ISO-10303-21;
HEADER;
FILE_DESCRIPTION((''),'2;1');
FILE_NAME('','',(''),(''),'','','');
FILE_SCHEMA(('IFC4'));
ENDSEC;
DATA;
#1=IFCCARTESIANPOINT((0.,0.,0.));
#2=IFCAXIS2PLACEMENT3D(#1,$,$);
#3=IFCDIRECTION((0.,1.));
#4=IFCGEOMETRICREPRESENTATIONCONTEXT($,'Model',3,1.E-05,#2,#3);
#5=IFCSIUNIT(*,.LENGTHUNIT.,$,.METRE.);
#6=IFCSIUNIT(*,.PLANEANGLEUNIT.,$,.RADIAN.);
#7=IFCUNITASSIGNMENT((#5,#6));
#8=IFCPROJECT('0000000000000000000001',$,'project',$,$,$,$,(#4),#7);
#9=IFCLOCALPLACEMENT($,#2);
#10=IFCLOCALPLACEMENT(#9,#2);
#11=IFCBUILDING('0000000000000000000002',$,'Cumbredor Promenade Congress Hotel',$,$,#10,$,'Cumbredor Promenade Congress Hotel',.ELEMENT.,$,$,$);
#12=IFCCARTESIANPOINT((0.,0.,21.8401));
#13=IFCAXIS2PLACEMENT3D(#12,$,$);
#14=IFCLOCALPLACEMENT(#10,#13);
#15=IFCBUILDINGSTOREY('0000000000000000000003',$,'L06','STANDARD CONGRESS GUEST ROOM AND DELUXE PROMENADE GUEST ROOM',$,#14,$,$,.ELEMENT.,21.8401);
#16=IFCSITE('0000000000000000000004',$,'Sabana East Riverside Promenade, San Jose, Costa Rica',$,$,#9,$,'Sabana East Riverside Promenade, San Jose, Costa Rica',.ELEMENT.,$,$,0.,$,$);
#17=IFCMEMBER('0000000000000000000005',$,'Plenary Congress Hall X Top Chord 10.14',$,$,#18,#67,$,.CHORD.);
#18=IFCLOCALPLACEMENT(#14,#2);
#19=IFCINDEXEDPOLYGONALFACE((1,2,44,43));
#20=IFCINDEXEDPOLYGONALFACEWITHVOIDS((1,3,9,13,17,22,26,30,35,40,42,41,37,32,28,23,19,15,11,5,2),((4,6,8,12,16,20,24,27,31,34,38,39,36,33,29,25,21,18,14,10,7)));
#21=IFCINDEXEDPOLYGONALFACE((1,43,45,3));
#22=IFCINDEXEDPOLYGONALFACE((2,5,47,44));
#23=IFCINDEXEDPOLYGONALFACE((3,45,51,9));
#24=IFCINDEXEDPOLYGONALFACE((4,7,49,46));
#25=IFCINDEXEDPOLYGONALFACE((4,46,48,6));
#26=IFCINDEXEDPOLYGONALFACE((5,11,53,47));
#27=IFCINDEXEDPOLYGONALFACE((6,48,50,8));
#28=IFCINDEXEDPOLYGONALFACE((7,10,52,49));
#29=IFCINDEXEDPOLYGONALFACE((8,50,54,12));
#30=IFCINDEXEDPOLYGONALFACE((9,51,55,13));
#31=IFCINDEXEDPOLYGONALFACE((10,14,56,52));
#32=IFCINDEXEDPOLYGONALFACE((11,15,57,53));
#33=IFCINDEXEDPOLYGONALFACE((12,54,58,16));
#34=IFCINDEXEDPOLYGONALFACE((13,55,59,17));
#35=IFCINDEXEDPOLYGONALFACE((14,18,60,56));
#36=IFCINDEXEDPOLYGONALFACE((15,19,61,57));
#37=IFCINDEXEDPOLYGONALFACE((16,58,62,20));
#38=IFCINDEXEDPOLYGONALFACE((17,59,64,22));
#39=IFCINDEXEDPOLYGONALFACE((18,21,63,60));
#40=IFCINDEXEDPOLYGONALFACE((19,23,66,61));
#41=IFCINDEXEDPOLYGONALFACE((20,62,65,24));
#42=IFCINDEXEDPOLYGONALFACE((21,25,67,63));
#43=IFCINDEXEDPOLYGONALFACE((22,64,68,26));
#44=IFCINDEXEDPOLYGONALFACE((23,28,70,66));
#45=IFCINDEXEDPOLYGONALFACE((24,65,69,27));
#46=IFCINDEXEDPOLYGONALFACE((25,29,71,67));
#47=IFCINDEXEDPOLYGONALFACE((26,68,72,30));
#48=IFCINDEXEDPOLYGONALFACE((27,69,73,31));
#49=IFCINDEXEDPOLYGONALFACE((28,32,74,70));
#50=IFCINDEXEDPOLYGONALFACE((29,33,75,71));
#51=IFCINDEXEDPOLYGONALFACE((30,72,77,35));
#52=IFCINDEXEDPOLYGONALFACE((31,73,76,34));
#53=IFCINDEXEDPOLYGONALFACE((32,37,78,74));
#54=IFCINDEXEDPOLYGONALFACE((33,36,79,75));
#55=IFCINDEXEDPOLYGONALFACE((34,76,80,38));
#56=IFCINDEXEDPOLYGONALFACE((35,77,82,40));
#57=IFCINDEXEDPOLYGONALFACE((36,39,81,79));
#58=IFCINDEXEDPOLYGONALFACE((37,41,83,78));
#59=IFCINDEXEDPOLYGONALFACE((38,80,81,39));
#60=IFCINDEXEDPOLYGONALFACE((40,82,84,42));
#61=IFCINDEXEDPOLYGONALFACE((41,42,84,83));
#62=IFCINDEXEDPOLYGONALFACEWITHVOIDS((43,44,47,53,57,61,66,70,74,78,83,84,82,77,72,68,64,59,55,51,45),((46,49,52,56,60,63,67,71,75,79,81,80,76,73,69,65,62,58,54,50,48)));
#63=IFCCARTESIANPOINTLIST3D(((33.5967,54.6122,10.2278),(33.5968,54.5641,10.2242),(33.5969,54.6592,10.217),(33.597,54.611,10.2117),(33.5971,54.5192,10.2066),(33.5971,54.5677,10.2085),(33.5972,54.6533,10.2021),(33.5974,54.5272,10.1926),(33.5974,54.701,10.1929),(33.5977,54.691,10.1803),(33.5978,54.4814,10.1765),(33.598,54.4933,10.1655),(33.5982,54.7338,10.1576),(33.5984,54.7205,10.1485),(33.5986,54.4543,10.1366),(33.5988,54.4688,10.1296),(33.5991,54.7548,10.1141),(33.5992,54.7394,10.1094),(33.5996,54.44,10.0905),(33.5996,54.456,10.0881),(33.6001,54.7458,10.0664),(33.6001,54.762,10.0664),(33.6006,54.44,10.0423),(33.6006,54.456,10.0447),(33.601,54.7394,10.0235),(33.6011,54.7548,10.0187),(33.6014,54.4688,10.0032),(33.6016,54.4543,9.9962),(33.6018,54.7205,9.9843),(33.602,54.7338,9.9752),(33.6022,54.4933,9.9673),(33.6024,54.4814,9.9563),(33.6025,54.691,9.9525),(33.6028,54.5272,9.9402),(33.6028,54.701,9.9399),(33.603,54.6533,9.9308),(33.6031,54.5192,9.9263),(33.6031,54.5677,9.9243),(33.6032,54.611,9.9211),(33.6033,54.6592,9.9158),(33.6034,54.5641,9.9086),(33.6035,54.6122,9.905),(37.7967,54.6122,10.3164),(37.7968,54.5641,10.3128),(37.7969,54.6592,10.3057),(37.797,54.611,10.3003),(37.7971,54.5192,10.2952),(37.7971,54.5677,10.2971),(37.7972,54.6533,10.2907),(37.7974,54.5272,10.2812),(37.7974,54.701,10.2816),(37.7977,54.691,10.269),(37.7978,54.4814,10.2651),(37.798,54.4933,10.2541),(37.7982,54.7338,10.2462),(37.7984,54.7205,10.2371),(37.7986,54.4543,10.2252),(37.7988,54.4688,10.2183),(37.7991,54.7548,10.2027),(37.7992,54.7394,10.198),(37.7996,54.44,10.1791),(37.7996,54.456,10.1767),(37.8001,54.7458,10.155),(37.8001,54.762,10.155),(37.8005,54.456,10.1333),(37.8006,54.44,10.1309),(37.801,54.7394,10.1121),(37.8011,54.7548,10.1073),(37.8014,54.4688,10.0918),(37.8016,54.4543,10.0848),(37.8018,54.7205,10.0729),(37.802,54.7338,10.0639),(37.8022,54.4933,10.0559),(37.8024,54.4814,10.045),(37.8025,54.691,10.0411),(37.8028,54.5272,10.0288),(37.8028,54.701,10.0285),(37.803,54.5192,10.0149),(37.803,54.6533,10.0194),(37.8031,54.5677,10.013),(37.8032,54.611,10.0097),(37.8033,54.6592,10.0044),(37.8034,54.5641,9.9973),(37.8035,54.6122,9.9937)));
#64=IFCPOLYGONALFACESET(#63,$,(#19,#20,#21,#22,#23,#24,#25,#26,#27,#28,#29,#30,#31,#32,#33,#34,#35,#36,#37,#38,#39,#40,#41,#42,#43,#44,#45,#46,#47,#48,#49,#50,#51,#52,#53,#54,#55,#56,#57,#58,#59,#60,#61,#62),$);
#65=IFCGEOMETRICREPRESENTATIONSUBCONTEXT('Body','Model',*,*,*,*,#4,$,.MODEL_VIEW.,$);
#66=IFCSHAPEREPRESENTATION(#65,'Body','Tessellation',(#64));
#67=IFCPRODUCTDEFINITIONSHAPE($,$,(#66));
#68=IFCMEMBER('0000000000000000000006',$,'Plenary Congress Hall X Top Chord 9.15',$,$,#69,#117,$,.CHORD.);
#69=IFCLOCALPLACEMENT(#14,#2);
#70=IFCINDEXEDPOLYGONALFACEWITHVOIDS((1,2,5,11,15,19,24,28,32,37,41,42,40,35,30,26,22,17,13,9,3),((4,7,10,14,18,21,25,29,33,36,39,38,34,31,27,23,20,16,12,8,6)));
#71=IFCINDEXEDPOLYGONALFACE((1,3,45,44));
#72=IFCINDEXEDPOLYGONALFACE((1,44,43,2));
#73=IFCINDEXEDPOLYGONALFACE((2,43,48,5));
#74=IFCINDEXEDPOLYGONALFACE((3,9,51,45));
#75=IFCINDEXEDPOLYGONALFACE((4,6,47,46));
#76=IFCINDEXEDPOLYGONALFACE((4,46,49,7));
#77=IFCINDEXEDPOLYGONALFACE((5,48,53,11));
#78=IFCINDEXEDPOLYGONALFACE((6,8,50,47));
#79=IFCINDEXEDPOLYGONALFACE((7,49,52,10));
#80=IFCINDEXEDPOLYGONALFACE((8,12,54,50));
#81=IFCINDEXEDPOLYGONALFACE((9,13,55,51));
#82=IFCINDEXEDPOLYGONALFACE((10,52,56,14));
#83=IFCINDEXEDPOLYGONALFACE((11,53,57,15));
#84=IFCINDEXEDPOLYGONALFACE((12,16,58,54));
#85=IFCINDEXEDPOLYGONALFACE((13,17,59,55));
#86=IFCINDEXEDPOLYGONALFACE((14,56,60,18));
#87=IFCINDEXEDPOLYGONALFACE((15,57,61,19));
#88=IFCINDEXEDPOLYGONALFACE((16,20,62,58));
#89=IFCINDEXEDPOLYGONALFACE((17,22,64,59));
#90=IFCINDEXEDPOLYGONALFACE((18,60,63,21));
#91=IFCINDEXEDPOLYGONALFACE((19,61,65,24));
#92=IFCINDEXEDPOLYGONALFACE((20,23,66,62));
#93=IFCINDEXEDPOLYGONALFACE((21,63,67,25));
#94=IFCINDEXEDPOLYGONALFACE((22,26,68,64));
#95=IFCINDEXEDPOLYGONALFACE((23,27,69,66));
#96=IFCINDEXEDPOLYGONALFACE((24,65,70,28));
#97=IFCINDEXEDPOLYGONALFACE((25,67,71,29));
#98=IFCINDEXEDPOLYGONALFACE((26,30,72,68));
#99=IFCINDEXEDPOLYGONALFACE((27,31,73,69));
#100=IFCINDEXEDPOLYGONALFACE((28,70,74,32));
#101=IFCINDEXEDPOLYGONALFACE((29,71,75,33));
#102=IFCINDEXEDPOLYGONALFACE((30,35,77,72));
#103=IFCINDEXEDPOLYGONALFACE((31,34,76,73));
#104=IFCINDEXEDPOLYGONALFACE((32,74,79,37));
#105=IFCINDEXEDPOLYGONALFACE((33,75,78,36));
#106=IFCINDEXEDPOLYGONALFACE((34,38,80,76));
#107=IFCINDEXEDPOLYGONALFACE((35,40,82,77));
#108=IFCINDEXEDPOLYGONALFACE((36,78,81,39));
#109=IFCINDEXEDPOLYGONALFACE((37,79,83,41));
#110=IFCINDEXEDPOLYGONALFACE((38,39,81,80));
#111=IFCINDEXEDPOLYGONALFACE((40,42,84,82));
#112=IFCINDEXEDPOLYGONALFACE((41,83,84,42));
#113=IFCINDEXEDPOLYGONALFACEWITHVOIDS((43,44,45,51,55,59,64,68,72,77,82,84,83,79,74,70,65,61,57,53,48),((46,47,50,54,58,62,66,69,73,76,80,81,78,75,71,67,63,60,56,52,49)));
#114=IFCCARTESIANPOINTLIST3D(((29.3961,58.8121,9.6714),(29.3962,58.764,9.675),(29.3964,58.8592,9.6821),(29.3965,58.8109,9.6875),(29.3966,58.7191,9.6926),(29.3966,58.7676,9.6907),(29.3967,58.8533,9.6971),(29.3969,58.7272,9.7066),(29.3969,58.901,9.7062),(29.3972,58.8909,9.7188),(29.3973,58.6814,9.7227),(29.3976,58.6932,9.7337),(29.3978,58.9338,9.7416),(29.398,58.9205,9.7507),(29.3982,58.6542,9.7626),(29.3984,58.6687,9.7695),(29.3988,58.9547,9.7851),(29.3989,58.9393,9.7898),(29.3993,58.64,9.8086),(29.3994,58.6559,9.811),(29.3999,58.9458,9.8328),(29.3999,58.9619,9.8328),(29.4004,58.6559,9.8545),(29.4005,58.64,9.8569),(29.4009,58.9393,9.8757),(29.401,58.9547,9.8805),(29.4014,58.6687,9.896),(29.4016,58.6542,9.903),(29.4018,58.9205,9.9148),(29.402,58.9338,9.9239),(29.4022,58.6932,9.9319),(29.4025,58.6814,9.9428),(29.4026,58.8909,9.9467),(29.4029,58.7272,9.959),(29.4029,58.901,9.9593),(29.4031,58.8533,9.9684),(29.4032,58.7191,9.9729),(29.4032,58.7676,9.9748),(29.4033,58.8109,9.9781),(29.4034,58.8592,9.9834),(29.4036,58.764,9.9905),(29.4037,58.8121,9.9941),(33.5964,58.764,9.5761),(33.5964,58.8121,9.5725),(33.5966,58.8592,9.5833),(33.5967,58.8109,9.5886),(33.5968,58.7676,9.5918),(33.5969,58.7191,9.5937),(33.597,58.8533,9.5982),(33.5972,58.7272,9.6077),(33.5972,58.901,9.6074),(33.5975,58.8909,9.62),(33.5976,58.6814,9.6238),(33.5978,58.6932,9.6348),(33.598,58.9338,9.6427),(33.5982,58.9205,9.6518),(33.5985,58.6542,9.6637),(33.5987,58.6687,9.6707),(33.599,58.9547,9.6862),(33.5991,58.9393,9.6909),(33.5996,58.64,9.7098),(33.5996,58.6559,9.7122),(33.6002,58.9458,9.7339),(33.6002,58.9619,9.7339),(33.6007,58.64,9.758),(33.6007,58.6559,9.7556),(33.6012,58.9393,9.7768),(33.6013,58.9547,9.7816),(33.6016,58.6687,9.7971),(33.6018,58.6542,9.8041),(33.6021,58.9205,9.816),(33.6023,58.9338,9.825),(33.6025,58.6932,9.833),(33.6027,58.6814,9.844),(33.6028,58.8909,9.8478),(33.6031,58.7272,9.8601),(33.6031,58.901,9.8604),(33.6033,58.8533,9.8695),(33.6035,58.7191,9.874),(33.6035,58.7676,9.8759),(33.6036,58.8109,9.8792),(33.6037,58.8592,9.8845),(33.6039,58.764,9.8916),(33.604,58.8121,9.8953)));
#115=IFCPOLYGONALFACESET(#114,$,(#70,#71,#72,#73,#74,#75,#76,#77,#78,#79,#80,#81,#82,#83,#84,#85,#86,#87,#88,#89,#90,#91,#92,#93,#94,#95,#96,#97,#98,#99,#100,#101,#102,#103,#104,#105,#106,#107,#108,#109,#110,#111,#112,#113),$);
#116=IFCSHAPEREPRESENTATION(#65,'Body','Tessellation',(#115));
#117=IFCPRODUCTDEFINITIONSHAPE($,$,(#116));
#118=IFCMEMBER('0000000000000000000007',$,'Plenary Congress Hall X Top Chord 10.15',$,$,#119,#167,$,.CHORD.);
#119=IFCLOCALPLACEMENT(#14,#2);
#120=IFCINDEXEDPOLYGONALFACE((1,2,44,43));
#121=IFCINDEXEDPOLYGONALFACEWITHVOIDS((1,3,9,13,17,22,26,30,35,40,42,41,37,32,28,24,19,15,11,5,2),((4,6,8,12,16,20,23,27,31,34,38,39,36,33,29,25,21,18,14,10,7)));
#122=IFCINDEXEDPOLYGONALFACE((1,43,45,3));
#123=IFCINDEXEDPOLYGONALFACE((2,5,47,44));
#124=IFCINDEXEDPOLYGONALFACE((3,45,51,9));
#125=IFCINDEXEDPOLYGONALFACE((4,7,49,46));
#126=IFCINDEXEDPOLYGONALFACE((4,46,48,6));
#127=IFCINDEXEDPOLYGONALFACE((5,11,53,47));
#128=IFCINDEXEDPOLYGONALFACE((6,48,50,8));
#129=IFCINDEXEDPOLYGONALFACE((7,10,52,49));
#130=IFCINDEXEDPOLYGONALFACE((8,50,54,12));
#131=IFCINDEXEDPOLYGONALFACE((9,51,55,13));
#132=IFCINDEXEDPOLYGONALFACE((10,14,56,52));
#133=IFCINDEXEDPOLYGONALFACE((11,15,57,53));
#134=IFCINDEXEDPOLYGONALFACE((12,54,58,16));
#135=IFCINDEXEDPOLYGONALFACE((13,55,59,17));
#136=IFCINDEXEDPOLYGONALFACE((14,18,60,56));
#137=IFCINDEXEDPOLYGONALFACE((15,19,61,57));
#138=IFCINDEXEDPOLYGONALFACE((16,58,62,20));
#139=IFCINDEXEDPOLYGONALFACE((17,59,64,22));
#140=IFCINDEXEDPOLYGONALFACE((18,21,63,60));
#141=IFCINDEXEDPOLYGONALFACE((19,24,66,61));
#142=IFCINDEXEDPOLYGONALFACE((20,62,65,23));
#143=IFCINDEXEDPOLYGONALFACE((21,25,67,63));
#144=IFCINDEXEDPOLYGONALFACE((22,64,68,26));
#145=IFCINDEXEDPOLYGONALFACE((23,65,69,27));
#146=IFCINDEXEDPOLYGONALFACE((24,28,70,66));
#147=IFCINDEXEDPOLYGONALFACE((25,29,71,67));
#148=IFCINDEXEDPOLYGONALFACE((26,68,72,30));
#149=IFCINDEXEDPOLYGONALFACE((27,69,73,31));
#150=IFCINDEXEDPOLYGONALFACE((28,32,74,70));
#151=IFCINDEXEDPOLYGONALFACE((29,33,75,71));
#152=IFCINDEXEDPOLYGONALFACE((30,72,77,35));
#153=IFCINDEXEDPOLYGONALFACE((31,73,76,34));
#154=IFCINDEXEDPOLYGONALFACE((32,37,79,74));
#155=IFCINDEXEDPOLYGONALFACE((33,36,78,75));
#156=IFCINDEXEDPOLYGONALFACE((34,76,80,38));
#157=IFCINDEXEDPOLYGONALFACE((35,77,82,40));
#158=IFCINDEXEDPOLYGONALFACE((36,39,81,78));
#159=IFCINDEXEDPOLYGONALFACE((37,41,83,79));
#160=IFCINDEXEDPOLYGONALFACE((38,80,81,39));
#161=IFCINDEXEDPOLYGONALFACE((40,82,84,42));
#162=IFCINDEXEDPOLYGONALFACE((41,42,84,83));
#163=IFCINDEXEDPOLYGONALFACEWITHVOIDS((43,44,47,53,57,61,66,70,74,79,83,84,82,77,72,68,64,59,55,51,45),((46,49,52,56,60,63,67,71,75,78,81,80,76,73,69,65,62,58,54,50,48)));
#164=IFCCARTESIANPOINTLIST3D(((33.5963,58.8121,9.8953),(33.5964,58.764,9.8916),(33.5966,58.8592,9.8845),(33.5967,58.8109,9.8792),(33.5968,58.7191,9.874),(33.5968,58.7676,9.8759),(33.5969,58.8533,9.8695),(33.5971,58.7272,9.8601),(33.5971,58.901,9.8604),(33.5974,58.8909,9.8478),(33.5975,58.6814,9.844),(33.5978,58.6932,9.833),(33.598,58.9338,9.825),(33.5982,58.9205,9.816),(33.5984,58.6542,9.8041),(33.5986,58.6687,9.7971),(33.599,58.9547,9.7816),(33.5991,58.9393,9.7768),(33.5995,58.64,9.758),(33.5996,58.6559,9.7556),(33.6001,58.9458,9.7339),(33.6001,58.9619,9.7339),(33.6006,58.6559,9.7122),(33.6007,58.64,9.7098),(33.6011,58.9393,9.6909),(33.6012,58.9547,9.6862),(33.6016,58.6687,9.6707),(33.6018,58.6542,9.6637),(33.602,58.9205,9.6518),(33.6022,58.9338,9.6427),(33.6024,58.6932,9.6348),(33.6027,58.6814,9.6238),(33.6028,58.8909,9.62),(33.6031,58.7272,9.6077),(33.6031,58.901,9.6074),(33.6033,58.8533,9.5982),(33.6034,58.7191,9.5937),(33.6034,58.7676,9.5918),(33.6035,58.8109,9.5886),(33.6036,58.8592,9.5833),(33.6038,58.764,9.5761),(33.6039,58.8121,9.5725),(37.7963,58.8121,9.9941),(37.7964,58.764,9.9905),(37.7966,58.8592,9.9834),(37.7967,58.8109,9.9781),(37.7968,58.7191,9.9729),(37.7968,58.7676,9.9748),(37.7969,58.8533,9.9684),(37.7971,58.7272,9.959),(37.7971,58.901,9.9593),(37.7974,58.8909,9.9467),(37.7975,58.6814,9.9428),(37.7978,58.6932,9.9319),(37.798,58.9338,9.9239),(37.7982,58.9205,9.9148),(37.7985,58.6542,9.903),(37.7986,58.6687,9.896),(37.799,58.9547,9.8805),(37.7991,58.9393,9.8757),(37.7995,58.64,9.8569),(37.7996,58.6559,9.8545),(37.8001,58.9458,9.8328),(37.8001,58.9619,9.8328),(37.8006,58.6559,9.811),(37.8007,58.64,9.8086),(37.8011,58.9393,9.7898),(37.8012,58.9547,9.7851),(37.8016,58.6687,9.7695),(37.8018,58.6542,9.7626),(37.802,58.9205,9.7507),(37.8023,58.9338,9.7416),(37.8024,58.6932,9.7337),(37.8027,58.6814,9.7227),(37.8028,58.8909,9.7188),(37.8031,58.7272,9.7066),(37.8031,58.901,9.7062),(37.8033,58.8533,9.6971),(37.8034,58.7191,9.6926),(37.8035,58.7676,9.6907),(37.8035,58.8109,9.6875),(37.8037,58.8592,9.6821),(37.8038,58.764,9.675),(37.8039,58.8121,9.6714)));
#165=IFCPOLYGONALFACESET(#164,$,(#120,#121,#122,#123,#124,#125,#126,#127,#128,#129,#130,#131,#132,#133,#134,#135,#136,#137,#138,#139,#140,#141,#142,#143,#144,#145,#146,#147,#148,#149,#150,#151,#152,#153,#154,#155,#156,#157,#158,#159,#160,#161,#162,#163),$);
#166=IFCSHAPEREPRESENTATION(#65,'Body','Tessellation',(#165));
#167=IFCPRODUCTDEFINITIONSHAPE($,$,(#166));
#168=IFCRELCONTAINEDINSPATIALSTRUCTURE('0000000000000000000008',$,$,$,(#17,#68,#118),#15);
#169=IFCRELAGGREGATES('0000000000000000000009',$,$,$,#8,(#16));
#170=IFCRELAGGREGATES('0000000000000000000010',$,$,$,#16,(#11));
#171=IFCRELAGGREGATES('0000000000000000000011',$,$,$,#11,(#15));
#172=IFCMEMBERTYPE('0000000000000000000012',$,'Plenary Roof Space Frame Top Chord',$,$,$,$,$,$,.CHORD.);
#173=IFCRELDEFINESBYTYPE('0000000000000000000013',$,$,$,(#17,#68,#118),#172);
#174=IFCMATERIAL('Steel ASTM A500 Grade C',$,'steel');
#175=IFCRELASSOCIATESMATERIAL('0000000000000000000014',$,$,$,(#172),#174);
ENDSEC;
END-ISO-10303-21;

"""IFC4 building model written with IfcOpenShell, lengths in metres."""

from ifc_helpers import new_model, si_unit, direction, frame, origin, origin_2d, place, context, subcontext, project, spatial, hollow_circle, extrude, material, material_profile, profile_set, type_object, element, save


model = new_model("IFC4")

# Units and contexts
model_context = context("Model", 3, precision=1e-05, world=origin(), true_north=direction((0.0, 1.0)))
body_context = subcontext(model_context, "Body", "Model", "MODEL_VIEW")
ifc_project = project(units=[si_unit("LENGTHUNIT", "METRE"), si_unit("PLANEANGLEUNIT", "RADIAN")], contexts=[model_context])

# Site, building, storey
site_placement = place(None, origin())
site = spatial("IfcSite", under=ifc_project, at=site_placement, Name="Sabana East Riverside Promenade, San Jose, Costa Rica", LongName="Sabana East Riverside Promenade, San Jose, Costa Rica", CompositionType="ELEMENT", RefElevation=0.0)
building_placement = place(site_placement, origin())
building = spatial("IfcBuilding", under=site, at=building_placement, Name="Cumbredor Promenade Congress Hotel", LongName="Cumbredor Promenade Congress Hotel", CompositionType="ELEMENT")
storey_placement = place(building_placement, frame((0.0, 0.0, 21.8401)))
storey = spatial("IfcBuildingStorey", under=building, at=storey_placement, Name="L06", Description="STANDARD CONGRESS GUEST ROOM AND DELUXE PROMENADE GUEST ROOM", CompositionType="ELEMENT", Elevation=21.8401)

# Members
ifc_material_1 = material(Name="Steel ASTM A500 Grade C", Category="steel")
ifc_material_profile_1 = material_profile(ifc_material_1, hollow_circle(Radius=0.1619, WallThickness=0.0161, at=origin_2d()), Name="CHS 323.9x16")
ifc_profile_set_1 = profile_set([ifc_material_profile_1], Name="Steel ASTM A500 Grade C")
member_type_1 = type_object("IfcMemberType", Name="Plenary Roof Space Frame Top Chord", PredefinedType="CHORD", material=ifc_profile_set_1)
member_1_placement = place(storey_placement, frame((33.6001, 54.6001, 10.0664), z_axis=(0.999777, 0.0, 0.021096), x_axis=(0.0, 1.0, 0.0)))
element("IfcMember", 1, at=member_1_placement, inside=storey, type_object=member_type_1, Name="Plenary Congress Hall X Top Chord 10.14", PredefinedType="CHORD", context=body_context, shape_type="SweptSolid", body=[
    extrude(hollow_circle(Radius=0.1619, WallThickness=0.0161, at=origin_2d()), origin(), (0.0, 0.0, 1.0), 4.2009),
])
member_2_placement = place(storey_placement, frame((29.3999, 58.8, 9.8328), z_axis=(0.999723, 0.0, -0.023535), x_axis=(0.0, 1.0, 0.0)))
element("IfcMember", 2, at=member_2_placement, inside=storey, type_object=member_type_1, Name="Plenary Congress Hall X Top Chord 9.15", PredefinedType="CHORD", context=body_context, shape_type="SweptSolid", body=[
    extrude(hollow_circle(Radius=0.1619, WallThickness=0.0161, at=origin_2d()), origin(), (0.0, 0.0, 1.0), 4.2014),
])
member_3_placement = place(storey_placement, frame((33.6001, 58.8, 9.7339), z_axis=(0.999723, 0.0, 0.023536), x_axis=(0.0, 1.0, 0.0)))
element("IfcMember", 3, at=member_3_placement, inside=storey, type_object=member_type_1, Name="Plenary Congress Hall X Top Chord 10.15", PredefinedType="CHORD", context=body_context, shape_type="SweptSolid", body=[
    extrude(hollow_circle(Radius=0.1619, WallThickness=0.0161, at=origin_2d()), origin(), (0.0, 0.0, 1.0), 4.2012),
])

save(model, "model.ifc")
